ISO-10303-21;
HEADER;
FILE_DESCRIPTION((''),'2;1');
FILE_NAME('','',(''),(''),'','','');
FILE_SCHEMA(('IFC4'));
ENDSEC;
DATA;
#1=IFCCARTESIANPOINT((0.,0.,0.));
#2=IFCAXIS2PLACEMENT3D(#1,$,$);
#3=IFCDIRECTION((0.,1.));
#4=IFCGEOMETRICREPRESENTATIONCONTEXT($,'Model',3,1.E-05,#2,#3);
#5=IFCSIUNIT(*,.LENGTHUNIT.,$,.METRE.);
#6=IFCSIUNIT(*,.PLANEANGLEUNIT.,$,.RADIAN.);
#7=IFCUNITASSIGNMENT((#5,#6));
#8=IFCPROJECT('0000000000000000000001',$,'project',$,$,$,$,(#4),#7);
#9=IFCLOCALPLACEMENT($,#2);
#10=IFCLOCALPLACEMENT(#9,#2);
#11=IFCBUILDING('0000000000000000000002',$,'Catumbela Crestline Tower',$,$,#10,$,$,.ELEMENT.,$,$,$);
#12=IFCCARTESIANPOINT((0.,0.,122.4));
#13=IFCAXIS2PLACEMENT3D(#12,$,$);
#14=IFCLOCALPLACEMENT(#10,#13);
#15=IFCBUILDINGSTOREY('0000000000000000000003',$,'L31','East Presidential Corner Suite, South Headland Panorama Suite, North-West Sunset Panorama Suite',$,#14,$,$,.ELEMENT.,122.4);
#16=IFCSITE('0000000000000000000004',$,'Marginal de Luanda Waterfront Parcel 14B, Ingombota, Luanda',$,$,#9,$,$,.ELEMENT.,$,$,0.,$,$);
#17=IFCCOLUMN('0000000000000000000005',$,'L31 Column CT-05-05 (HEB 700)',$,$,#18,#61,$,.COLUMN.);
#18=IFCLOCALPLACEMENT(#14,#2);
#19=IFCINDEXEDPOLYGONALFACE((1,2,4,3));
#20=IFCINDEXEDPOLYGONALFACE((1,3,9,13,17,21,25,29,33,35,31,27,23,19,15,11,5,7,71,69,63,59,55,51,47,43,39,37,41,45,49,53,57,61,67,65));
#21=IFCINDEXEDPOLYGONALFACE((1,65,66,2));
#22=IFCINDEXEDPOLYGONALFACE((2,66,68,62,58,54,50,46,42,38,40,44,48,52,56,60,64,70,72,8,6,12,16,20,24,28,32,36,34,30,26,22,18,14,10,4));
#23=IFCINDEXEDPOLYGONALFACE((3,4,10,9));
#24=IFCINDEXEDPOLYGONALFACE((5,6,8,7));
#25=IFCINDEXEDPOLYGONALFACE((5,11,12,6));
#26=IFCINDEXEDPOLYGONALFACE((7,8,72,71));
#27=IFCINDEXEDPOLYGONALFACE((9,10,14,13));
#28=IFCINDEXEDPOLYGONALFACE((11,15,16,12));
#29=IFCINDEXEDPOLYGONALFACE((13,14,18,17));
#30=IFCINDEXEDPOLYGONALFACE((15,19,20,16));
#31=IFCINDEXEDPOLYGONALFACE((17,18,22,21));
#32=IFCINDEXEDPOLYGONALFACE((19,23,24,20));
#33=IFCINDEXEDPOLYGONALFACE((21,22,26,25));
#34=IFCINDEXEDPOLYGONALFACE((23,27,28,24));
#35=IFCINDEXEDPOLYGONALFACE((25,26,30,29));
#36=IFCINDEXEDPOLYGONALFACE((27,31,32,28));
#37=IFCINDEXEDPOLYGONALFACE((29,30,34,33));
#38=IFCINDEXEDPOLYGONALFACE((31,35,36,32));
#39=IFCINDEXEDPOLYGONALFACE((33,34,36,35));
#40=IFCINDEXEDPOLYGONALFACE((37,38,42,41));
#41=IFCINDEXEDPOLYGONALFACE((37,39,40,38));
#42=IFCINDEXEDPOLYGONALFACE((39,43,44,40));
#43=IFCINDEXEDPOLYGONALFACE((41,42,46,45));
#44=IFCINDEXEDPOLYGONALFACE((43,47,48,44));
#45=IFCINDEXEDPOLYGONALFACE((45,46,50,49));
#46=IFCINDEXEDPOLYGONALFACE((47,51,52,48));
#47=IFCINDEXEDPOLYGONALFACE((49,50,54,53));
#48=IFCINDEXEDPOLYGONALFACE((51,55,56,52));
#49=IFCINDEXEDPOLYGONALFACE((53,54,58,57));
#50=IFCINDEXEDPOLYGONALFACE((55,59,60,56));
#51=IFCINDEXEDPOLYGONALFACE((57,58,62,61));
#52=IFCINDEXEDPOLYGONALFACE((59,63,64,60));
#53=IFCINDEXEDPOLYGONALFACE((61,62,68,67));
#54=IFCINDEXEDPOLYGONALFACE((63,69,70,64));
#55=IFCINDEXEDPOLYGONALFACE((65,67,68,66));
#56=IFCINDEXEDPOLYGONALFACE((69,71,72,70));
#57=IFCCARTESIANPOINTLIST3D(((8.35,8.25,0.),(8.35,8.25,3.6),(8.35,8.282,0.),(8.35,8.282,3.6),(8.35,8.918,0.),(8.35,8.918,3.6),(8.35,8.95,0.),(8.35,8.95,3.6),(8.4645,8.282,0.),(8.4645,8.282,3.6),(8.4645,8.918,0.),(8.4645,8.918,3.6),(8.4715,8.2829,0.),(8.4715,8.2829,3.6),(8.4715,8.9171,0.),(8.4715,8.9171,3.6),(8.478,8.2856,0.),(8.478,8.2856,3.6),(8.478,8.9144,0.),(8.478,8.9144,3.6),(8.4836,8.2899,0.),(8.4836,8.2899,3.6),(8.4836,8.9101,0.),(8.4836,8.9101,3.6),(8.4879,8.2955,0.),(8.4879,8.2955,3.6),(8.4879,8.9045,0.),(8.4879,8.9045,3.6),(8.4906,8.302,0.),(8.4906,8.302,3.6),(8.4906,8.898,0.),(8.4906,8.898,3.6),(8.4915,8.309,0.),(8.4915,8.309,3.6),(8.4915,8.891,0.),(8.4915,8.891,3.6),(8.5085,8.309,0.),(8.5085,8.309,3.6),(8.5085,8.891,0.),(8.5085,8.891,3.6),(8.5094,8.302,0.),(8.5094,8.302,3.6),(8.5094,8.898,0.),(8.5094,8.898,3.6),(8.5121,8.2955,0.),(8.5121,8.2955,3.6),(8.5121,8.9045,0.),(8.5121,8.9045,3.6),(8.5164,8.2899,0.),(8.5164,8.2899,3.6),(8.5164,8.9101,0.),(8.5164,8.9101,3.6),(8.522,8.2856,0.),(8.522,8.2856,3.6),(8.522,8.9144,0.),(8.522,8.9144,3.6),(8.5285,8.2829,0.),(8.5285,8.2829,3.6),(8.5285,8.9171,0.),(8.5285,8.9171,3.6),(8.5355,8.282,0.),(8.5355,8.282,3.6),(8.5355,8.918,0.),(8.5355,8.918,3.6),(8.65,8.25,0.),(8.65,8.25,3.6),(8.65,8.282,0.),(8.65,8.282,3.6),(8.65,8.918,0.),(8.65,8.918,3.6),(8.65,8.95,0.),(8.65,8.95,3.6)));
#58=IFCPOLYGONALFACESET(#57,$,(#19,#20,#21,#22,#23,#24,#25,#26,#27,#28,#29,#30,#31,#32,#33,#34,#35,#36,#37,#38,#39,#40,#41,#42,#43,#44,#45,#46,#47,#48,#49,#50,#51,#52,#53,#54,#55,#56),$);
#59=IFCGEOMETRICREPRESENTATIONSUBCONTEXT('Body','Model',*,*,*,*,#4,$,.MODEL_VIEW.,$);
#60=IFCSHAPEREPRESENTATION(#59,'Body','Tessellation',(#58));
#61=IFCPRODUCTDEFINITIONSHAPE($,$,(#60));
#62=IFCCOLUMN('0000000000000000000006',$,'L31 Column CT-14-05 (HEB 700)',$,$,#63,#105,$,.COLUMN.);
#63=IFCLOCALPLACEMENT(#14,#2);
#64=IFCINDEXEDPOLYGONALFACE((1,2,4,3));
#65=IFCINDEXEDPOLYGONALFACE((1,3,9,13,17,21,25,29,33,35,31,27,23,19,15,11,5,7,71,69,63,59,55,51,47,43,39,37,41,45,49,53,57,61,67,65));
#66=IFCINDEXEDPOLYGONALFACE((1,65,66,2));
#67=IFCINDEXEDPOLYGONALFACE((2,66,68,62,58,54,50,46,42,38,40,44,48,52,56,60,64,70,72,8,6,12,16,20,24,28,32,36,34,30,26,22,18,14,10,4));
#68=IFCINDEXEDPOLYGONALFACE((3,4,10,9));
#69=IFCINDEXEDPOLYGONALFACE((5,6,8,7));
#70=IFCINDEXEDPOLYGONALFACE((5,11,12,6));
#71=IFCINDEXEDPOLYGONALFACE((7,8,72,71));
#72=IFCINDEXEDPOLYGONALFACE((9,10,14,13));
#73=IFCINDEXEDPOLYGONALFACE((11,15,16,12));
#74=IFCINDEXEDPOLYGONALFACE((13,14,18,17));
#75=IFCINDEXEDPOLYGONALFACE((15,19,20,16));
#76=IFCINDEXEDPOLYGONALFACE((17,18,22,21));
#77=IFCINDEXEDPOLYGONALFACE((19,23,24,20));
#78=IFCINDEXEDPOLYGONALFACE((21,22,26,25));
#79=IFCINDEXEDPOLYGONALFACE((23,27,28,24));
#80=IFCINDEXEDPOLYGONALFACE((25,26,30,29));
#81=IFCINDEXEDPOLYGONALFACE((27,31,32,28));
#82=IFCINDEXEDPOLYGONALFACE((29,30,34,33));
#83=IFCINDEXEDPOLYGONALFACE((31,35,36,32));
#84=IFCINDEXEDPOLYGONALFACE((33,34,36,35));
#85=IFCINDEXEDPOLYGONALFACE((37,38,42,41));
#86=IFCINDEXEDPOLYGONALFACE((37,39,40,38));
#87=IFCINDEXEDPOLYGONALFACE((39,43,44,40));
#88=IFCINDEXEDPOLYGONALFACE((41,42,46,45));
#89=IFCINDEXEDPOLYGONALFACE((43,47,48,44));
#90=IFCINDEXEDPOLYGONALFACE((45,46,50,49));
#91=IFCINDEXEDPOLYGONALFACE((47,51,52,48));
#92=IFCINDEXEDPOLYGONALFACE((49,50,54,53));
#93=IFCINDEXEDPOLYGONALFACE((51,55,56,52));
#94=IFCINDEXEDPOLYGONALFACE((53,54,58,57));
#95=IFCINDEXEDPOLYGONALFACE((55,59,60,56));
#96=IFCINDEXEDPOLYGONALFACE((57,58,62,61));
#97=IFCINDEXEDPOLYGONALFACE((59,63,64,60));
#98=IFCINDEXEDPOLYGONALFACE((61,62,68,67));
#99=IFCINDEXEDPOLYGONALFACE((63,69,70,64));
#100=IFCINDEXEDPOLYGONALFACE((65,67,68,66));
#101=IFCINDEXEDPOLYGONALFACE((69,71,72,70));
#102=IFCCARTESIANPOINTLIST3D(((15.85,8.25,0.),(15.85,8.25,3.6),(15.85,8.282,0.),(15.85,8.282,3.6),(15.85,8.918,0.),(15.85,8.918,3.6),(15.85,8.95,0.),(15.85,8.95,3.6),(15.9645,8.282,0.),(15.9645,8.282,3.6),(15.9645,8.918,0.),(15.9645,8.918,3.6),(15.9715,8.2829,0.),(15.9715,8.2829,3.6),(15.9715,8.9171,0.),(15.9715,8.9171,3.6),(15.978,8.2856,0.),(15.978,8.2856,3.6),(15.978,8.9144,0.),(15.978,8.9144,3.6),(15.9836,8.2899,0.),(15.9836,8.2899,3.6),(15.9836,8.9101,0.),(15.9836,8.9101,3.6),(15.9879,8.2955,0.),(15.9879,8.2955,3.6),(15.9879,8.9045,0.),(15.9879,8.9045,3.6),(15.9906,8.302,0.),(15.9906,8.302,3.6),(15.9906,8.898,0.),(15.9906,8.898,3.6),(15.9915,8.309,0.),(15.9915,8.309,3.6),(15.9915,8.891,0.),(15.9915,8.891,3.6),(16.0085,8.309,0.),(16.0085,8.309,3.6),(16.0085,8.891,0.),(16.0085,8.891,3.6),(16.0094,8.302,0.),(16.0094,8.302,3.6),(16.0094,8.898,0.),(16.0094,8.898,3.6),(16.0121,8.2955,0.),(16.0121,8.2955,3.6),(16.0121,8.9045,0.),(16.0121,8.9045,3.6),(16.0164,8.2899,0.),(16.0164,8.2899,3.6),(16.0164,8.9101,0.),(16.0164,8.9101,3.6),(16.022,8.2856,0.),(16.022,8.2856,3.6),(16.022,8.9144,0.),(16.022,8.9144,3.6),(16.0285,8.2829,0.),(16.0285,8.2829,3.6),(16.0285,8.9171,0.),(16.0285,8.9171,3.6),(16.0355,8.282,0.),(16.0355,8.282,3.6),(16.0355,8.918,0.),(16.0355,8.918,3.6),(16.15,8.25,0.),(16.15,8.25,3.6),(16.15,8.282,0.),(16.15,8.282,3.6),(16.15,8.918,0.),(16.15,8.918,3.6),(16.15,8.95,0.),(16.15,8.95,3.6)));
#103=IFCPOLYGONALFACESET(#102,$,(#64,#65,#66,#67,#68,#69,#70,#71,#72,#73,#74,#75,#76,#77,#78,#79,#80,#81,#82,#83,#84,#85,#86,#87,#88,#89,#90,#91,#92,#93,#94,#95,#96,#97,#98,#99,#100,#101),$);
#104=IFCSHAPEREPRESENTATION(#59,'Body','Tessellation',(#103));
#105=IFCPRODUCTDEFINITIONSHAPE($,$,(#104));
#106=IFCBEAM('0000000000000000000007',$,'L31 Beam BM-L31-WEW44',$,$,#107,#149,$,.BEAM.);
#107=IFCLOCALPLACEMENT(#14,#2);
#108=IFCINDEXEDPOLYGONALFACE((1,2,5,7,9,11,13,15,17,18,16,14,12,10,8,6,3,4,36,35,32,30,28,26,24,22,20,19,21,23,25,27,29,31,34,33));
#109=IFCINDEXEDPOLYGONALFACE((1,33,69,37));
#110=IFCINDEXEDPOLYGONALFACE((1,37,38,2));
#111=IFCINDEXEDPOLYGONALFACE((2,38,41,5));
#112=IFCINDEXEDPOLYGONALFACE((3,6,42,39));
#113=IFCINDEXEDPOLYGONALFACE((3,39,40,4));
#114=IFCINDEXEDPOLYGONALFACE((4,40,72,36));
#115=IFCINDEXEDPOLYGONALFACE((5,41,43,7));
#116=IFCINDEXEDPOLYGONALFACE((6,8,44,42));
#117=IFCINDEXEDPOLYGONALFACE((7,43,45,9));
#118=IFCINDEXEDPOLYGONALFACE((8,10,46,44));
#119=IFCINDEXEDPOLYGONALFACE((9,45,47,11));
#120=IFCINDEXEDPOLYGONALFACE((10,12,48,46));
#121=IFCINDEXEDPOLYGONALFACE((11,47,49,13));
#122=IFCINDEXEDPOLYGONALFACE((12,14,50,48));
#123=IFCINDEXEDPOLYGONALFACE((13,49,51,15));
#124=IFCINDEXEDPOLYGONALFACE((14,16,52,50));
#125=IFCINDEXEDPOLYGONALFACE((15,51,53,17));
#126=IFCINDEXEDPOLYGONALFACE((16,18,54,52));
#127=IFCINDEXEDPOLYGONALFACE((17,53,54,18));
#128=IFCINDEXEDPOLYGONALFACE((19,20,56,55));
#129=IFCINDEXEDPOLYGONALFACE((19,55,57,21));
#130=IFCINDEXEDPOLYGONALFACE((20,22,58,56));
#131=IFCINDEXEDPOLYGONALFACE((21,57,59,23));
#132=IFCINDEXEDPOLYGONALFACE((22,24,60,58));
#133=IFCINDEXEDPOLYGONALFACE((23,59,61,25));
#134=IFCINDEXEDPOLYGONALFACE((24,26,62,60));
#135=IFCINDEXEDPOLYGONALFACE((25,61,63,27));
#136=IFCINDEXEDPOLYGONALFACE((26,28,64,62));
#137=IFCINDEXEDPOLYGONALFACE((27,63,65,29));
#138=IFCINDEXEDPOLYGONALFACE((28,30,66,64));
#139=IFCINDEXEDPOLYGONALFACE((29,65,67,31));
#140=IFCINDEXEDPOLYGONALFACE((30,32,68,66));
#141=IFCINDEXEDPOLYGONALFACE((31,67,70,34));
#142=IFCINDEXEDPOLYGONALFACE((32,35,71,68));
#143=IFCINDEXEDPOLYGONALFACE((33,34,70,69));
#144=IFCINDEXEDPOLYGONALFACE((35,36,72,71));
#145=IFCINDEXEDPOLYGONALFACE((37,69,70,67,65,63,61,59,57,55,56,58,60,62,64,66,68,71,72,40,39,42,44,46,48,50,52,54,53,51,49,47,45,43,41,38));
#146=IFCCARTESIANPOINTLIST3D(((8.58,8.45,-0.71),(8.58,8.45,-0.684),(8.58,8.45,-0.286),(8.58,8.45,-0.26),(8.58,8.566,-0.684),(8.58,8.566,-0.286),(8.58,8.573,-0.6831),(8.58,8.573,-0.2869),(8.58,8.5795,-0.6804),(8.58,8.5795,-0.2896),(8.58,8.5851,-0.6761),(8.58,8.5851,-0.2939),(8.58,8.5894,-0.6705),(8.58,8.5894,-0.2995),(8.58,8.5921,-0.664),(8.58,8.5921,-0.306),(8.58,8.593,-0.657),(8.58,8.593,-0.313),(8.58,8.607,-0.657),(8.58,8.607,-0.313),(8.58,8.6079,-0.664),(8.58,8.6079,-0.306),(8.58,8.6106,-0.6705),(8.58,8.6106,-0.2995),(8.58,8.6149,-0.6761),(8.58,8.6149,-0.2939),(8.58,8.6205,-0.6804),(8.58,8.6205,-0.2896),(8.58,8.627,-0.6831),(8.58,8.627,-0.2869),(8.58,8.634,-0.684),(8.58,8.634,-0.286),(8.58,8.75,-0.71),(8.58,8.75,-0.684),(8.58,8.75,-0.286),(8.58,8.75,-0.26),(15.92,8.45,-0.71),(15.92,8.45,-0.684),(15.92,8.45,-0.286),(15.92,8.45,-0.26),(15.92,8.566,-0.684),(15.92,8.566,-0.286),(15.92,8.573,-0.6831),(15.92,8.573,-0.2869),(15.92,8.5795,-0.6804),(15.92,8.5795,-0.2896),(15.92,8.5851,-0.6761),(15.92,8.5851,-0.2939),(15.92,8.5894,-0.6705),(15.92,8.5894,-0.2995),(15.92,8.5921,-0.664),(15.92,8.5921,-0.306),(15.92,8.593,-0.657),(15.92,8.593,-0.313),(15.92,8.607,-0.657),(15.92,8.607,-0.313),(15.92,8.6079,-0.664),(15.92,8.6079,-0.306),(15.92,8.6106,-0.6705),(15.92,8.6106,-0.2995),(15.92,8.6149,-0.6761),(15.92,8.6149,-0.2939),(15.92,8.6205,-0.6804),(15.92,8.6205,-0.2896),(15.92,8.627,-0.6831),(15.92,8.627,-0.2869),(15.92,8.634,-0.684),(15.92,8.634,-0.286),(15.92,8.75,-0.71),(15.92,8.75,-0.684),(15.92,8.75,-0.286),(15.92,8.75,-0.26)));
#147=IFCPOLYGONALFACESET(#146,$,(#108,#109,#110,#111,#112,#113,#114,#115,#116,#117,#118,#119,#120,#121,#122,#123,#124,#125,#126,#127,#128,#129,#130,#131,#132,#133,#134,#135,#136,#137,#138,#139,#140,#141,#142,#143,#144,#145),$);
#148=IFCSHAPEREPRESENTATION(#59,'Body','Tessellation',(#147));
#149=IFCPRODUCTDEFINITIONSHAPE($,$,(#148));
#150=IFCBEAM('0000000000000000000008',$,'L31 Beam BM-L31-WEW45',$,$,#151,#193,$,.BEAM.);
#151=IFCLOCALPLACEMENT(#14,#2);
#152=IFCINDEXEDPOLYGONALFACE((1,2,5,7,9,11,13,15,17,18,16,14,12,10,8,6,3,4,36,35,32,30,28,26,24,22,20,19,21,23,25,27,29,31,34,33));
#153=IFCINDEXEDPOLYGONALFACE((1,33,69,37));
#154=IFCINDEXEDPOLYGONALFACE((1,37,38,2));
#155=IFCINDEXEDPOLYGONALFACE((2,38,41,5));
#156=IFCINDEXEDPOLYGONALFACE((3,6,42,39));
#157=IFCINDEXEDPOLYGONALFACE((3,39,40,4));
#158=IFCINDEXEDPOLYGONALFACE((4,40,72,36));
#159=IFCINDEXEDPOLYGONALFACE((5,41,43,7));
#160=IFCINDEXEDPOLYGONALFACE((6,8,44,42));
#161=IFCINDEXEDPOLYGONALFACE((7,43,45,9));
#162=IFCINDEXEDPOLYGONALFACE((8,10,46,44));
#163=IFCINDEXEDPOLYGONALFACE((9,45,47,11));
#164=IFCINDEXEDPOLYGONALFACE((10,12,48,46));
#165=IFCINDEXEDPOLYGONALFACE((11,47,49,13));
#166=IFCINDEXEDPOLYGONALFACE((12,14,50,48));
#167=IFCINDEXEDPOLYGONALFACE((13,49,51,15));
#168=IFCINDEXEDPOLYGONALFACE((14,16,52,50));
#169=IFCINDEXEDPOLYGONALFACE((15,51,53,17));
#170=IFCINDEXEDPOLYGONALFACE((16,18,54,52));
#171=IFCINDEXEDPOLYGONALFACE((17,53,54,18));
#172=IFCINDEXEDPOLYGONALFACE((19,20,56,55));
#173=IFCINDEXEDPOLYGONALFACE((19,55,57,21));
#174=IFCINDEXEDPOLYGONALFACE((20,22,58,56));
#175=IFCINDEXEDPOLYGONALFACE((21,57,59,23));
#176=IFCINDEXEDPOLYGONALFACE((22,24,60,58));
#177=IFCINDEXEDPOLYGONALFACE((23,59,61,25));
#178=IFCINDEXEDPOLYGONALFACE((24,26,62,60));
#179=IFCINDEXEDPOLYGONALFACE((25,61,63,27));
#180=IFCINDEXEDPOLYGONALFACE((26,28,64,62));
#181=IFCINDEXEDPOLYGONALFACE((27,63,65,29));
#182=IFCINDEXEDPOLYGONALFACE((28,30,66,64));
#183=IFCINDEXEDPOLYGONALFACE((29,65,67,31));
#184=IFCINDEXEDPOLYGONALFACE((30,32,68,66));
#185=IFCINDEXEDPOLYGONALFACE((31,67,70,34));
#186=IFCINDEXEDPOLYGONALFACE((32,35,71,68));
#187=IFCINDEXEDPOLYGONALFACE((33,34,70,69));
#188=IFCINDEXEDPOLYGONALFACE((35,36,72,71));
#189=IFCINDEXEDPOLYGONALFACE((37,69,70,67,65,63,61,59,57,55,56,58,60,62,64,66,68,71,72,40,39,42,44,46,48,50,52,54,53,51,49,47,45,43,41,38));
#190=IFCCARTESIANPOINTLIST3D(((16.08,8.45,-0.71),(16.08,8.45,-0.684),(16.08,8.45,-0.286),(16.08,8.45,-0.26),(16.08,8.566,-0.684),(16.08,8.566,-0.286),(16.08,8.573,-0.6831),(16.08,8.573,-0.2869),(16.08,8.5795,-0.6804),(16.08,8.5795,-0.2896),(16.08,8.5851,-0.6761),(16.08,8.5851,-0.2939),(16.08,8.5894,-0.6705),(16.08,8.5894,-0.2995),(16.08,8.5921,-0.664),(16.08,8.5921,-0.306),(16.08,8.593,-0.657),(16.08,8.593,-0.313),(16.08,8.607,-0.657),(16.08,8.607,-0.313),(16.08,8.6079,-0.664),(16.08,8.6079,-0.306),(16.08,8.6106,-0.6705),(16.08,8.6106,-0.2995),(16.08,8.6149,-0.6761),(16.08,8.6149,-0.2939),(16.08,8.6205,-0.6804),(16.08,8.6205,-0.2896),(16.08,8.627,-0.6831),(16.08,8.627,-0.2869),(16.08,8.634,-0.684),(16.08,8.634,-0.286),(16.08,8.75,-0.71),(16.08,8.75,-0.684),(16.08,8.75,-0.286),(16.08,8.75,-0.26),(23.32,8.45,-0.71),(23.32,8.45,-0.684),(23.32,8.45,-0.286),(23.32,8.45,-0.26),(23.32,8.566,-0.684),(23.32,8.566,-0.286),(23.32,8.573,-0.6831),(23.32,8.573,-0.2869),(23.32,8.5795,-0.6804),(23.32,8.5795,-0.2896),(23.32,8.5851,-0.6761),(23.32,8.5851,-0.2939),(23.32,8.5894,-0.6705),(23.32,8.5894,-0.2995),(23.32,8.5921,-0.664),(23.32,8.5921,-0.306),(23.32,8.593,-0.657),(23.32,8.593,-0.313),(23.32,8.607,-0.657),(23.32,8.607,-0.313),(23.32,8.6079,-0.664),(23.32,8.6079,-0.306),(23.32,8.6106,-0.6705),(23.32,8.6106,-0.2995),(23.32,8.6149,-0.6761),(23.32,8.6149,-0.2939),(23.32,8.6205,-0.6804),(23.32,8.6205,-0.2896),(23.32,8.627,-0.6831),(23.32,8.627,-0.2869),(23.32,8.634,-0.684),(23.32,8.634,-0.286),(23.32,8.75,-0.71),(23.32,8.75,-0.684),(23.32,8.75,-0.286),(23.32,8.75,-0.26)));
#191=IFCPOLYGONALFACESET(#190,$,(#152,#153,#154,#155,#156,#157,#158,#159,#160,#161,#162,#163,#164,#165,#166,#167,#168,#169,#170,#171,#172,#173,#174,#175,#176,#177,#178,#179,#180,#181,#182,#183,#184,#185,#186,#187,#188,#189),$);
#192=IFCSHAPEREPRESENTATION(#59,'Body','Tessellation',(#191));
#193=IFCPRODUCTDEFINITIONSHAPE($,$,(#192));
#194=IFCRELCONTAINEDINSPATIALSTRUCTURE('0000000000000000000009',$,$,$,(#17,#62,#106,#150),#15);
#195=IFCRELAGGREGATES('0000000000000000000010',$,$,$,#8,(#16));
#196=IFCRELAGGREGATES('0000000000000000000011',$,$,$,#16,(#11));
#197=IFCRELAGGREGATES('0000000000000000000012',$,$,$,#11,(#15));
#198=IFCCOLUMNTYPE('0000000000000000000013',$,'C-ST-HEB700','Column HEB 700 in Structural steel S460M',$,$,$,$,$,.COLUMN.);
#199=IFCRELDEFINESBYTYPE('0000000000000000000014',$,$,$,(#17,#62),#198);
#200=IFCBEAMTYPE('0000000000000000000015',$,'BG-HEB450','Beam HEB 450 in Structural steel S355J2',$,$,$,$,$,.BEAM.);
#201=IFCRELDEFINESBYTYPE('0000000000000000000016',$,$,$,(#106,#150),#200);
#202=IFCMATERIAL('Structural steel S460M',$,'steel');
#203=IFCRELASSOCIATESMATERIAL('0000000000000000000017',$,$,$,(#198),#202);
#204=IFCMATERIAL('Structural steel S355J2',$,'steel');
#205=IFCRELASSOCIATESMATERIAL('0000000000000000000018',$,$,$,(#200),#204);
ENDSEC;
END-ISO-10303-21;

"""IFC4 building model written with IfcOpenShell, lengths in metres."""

from ifc_helpers import new_model, si_unit, direction, frame, origin, origin_2d, place, context, subcontext, project, spatial, i_section, extrude, material, material_profile, profile_set, type_object, element, save


model = new_model("IFC4")

# Units and contexts
model_context = context("Model", 3, precision=1e-05, world=origin(), true_north=direction((0.0, 1.0)))
body_context = subcontext(model_context, "Body", "Model", "MODEL_VIEW")
ifc_project = project(units=[si_unit("LENGTHUNIT", "METRE"), si_unit("PLANEANGLEUNIT", "RADIAN")], contexts=[model_context])

# Site, building, storey
site_placement = place(None, origin())
site = spatial("IfcSite", under=ifc_project, at=site_placement, Name="Marginal de Luanda Waterfront Parcel 14B, Ingombota, Luanda", CompositionType="ELEMENT", RefElevation=0.0)
building_placement = place(site_placement, origin())
building = spatial("IfcBuilding", under=site, at=building_placement, Name="Catumbela Crestline Tower", CompositionType="ELEMENT")
storey_placement = place(building_placement, frame((0.0, 0.0, 122.4)))
storey = spatial("IfcBuildingStorey", under=building, at=storey_placement, Name="L31", Description="East Presidential Corner Suite, South Headland Panorama Suite, North-West Sunset Panorama Suite", CompositionType="ELEMENT", Elevation=122.4)

# Columns
ifc_material_1 = material(Name="Structural steel S460M", Category="steel")
ifc_material_profile_1 = material_profile(ifc_material_1, i_section(OverallWidth=0.3, OverallDepth=0.7, WebThickness=0.017, FlangeThickness=0.032, FilletRadius=0.027, at=origin_2d()), Name="HEB 700")
ifc_profile_set_1 = profile_set([ifc_material_profile_1], Name="Structural steel S460M")
column_type = type_object("IfcColumnType", Name="C-ST-HEB700", Description="Column HEB 700 in Structural steel S460M", PredefinedType="COLUMN", material=ifc_profile_set_1)
for number, where, z_axis, x_axis, name in (
    (1, (8.5, 8.6, 0.0), (0.0, 0.0, 1.0), (1.0, 0.0, 0.0), "L31 Column CT-05-05 (HEB 700)"),
    (2, (16.0, 8.6, 0.0), (0.0, 0.0, 1.0), (1.0, 0.0, 0.0), "L31 Column CT-14-05 (HEB 700)"),
):
    element("IfcColumn", number, at=place(storey_placement, frame(where, z_axis=z_axis, x_axis=x_axis)), inside=storey, type_object=column_type, Name=name, PredefinedType="COLUMN", context=body_context, shape_type="SweptSolid", body=[
        extrude(i_section(OverallWidth=0.3, OverallDepth=0.7, WebThickness=0.017, FlangeThickness=0.032, FilletRadius=0.027, at=origin_2d()), origin(), (0.0, 0.0, 1.0), 3.6),
    ])

# Beams
ifc_material_2 = material(Name="Structural steel S355J2", Category="steel")
ifc_material_profile_2 = material_profile(ifc_material_2, i_section(OverallWidth=0.3, OverallDepth=0.45, WebThickness=0.014, FlangeThickness=0.026, FilletRadius=0.027, at=origin_2d()), Name="HEB 450")
ifc_profile_set_2 = profile_set([ifc_material_profile_2], Name="Structural steel S355J2")
beam_type = type_object("IfcBeamType", Name="BG-HEB450", Description="Beam HEB 450 in Structural steel S355J2", PredefinedType="BEAM", material=ifc_profile_set_2)
beam_1_placement = place(storey_placement, frame((8.58, 8.6, -0.485), z_axis=(1.0, 0.0, 0.0), x_axis=(0.0, 1.0, 0.0)))
element("IfcBeam", 3, at=beam_1_placement, inside=storey, type_object=beam_type, Name="L31 Beam BM-L31-WEW44", PredefinedType="BEAM", context=body_context, shape_type="SweptSolid", body=[
    extrude(i_section(OverallWidth=0.3, OverallDepth=0.45, WebThickness=0.014, FlangeThickness=0.026, FilletRadius=0.027, at=origin_2d()), origin(), (0.0, 0.0, 1.0), 7.34),
])
beam_2_placement = place(storey_placement, frame((16.08, 8.6, -0.485), z_axis=(1.0, 0.0, 0.0), x_axis=(0.0, 1.0, 0.0)))
element("IfcBeam", 4, at=beam_2_placement, inside=storey, type_object=beam_type, Name="L31 Beam BM-L31-WEW45", PredefinedType="BEAM", context=body_context, shape_type="SweptSolid", body=[
    extrude(i_section(OverallWidth=0.3, OverallDepth=0.45, WebThickness=0.014, FlangeThickness=0.026, FilletRadius=0.027, at=origin_2d()), origin(), (0.0, 0.0, 1.0), 7.24),
])

save(model, "model.ifc")
